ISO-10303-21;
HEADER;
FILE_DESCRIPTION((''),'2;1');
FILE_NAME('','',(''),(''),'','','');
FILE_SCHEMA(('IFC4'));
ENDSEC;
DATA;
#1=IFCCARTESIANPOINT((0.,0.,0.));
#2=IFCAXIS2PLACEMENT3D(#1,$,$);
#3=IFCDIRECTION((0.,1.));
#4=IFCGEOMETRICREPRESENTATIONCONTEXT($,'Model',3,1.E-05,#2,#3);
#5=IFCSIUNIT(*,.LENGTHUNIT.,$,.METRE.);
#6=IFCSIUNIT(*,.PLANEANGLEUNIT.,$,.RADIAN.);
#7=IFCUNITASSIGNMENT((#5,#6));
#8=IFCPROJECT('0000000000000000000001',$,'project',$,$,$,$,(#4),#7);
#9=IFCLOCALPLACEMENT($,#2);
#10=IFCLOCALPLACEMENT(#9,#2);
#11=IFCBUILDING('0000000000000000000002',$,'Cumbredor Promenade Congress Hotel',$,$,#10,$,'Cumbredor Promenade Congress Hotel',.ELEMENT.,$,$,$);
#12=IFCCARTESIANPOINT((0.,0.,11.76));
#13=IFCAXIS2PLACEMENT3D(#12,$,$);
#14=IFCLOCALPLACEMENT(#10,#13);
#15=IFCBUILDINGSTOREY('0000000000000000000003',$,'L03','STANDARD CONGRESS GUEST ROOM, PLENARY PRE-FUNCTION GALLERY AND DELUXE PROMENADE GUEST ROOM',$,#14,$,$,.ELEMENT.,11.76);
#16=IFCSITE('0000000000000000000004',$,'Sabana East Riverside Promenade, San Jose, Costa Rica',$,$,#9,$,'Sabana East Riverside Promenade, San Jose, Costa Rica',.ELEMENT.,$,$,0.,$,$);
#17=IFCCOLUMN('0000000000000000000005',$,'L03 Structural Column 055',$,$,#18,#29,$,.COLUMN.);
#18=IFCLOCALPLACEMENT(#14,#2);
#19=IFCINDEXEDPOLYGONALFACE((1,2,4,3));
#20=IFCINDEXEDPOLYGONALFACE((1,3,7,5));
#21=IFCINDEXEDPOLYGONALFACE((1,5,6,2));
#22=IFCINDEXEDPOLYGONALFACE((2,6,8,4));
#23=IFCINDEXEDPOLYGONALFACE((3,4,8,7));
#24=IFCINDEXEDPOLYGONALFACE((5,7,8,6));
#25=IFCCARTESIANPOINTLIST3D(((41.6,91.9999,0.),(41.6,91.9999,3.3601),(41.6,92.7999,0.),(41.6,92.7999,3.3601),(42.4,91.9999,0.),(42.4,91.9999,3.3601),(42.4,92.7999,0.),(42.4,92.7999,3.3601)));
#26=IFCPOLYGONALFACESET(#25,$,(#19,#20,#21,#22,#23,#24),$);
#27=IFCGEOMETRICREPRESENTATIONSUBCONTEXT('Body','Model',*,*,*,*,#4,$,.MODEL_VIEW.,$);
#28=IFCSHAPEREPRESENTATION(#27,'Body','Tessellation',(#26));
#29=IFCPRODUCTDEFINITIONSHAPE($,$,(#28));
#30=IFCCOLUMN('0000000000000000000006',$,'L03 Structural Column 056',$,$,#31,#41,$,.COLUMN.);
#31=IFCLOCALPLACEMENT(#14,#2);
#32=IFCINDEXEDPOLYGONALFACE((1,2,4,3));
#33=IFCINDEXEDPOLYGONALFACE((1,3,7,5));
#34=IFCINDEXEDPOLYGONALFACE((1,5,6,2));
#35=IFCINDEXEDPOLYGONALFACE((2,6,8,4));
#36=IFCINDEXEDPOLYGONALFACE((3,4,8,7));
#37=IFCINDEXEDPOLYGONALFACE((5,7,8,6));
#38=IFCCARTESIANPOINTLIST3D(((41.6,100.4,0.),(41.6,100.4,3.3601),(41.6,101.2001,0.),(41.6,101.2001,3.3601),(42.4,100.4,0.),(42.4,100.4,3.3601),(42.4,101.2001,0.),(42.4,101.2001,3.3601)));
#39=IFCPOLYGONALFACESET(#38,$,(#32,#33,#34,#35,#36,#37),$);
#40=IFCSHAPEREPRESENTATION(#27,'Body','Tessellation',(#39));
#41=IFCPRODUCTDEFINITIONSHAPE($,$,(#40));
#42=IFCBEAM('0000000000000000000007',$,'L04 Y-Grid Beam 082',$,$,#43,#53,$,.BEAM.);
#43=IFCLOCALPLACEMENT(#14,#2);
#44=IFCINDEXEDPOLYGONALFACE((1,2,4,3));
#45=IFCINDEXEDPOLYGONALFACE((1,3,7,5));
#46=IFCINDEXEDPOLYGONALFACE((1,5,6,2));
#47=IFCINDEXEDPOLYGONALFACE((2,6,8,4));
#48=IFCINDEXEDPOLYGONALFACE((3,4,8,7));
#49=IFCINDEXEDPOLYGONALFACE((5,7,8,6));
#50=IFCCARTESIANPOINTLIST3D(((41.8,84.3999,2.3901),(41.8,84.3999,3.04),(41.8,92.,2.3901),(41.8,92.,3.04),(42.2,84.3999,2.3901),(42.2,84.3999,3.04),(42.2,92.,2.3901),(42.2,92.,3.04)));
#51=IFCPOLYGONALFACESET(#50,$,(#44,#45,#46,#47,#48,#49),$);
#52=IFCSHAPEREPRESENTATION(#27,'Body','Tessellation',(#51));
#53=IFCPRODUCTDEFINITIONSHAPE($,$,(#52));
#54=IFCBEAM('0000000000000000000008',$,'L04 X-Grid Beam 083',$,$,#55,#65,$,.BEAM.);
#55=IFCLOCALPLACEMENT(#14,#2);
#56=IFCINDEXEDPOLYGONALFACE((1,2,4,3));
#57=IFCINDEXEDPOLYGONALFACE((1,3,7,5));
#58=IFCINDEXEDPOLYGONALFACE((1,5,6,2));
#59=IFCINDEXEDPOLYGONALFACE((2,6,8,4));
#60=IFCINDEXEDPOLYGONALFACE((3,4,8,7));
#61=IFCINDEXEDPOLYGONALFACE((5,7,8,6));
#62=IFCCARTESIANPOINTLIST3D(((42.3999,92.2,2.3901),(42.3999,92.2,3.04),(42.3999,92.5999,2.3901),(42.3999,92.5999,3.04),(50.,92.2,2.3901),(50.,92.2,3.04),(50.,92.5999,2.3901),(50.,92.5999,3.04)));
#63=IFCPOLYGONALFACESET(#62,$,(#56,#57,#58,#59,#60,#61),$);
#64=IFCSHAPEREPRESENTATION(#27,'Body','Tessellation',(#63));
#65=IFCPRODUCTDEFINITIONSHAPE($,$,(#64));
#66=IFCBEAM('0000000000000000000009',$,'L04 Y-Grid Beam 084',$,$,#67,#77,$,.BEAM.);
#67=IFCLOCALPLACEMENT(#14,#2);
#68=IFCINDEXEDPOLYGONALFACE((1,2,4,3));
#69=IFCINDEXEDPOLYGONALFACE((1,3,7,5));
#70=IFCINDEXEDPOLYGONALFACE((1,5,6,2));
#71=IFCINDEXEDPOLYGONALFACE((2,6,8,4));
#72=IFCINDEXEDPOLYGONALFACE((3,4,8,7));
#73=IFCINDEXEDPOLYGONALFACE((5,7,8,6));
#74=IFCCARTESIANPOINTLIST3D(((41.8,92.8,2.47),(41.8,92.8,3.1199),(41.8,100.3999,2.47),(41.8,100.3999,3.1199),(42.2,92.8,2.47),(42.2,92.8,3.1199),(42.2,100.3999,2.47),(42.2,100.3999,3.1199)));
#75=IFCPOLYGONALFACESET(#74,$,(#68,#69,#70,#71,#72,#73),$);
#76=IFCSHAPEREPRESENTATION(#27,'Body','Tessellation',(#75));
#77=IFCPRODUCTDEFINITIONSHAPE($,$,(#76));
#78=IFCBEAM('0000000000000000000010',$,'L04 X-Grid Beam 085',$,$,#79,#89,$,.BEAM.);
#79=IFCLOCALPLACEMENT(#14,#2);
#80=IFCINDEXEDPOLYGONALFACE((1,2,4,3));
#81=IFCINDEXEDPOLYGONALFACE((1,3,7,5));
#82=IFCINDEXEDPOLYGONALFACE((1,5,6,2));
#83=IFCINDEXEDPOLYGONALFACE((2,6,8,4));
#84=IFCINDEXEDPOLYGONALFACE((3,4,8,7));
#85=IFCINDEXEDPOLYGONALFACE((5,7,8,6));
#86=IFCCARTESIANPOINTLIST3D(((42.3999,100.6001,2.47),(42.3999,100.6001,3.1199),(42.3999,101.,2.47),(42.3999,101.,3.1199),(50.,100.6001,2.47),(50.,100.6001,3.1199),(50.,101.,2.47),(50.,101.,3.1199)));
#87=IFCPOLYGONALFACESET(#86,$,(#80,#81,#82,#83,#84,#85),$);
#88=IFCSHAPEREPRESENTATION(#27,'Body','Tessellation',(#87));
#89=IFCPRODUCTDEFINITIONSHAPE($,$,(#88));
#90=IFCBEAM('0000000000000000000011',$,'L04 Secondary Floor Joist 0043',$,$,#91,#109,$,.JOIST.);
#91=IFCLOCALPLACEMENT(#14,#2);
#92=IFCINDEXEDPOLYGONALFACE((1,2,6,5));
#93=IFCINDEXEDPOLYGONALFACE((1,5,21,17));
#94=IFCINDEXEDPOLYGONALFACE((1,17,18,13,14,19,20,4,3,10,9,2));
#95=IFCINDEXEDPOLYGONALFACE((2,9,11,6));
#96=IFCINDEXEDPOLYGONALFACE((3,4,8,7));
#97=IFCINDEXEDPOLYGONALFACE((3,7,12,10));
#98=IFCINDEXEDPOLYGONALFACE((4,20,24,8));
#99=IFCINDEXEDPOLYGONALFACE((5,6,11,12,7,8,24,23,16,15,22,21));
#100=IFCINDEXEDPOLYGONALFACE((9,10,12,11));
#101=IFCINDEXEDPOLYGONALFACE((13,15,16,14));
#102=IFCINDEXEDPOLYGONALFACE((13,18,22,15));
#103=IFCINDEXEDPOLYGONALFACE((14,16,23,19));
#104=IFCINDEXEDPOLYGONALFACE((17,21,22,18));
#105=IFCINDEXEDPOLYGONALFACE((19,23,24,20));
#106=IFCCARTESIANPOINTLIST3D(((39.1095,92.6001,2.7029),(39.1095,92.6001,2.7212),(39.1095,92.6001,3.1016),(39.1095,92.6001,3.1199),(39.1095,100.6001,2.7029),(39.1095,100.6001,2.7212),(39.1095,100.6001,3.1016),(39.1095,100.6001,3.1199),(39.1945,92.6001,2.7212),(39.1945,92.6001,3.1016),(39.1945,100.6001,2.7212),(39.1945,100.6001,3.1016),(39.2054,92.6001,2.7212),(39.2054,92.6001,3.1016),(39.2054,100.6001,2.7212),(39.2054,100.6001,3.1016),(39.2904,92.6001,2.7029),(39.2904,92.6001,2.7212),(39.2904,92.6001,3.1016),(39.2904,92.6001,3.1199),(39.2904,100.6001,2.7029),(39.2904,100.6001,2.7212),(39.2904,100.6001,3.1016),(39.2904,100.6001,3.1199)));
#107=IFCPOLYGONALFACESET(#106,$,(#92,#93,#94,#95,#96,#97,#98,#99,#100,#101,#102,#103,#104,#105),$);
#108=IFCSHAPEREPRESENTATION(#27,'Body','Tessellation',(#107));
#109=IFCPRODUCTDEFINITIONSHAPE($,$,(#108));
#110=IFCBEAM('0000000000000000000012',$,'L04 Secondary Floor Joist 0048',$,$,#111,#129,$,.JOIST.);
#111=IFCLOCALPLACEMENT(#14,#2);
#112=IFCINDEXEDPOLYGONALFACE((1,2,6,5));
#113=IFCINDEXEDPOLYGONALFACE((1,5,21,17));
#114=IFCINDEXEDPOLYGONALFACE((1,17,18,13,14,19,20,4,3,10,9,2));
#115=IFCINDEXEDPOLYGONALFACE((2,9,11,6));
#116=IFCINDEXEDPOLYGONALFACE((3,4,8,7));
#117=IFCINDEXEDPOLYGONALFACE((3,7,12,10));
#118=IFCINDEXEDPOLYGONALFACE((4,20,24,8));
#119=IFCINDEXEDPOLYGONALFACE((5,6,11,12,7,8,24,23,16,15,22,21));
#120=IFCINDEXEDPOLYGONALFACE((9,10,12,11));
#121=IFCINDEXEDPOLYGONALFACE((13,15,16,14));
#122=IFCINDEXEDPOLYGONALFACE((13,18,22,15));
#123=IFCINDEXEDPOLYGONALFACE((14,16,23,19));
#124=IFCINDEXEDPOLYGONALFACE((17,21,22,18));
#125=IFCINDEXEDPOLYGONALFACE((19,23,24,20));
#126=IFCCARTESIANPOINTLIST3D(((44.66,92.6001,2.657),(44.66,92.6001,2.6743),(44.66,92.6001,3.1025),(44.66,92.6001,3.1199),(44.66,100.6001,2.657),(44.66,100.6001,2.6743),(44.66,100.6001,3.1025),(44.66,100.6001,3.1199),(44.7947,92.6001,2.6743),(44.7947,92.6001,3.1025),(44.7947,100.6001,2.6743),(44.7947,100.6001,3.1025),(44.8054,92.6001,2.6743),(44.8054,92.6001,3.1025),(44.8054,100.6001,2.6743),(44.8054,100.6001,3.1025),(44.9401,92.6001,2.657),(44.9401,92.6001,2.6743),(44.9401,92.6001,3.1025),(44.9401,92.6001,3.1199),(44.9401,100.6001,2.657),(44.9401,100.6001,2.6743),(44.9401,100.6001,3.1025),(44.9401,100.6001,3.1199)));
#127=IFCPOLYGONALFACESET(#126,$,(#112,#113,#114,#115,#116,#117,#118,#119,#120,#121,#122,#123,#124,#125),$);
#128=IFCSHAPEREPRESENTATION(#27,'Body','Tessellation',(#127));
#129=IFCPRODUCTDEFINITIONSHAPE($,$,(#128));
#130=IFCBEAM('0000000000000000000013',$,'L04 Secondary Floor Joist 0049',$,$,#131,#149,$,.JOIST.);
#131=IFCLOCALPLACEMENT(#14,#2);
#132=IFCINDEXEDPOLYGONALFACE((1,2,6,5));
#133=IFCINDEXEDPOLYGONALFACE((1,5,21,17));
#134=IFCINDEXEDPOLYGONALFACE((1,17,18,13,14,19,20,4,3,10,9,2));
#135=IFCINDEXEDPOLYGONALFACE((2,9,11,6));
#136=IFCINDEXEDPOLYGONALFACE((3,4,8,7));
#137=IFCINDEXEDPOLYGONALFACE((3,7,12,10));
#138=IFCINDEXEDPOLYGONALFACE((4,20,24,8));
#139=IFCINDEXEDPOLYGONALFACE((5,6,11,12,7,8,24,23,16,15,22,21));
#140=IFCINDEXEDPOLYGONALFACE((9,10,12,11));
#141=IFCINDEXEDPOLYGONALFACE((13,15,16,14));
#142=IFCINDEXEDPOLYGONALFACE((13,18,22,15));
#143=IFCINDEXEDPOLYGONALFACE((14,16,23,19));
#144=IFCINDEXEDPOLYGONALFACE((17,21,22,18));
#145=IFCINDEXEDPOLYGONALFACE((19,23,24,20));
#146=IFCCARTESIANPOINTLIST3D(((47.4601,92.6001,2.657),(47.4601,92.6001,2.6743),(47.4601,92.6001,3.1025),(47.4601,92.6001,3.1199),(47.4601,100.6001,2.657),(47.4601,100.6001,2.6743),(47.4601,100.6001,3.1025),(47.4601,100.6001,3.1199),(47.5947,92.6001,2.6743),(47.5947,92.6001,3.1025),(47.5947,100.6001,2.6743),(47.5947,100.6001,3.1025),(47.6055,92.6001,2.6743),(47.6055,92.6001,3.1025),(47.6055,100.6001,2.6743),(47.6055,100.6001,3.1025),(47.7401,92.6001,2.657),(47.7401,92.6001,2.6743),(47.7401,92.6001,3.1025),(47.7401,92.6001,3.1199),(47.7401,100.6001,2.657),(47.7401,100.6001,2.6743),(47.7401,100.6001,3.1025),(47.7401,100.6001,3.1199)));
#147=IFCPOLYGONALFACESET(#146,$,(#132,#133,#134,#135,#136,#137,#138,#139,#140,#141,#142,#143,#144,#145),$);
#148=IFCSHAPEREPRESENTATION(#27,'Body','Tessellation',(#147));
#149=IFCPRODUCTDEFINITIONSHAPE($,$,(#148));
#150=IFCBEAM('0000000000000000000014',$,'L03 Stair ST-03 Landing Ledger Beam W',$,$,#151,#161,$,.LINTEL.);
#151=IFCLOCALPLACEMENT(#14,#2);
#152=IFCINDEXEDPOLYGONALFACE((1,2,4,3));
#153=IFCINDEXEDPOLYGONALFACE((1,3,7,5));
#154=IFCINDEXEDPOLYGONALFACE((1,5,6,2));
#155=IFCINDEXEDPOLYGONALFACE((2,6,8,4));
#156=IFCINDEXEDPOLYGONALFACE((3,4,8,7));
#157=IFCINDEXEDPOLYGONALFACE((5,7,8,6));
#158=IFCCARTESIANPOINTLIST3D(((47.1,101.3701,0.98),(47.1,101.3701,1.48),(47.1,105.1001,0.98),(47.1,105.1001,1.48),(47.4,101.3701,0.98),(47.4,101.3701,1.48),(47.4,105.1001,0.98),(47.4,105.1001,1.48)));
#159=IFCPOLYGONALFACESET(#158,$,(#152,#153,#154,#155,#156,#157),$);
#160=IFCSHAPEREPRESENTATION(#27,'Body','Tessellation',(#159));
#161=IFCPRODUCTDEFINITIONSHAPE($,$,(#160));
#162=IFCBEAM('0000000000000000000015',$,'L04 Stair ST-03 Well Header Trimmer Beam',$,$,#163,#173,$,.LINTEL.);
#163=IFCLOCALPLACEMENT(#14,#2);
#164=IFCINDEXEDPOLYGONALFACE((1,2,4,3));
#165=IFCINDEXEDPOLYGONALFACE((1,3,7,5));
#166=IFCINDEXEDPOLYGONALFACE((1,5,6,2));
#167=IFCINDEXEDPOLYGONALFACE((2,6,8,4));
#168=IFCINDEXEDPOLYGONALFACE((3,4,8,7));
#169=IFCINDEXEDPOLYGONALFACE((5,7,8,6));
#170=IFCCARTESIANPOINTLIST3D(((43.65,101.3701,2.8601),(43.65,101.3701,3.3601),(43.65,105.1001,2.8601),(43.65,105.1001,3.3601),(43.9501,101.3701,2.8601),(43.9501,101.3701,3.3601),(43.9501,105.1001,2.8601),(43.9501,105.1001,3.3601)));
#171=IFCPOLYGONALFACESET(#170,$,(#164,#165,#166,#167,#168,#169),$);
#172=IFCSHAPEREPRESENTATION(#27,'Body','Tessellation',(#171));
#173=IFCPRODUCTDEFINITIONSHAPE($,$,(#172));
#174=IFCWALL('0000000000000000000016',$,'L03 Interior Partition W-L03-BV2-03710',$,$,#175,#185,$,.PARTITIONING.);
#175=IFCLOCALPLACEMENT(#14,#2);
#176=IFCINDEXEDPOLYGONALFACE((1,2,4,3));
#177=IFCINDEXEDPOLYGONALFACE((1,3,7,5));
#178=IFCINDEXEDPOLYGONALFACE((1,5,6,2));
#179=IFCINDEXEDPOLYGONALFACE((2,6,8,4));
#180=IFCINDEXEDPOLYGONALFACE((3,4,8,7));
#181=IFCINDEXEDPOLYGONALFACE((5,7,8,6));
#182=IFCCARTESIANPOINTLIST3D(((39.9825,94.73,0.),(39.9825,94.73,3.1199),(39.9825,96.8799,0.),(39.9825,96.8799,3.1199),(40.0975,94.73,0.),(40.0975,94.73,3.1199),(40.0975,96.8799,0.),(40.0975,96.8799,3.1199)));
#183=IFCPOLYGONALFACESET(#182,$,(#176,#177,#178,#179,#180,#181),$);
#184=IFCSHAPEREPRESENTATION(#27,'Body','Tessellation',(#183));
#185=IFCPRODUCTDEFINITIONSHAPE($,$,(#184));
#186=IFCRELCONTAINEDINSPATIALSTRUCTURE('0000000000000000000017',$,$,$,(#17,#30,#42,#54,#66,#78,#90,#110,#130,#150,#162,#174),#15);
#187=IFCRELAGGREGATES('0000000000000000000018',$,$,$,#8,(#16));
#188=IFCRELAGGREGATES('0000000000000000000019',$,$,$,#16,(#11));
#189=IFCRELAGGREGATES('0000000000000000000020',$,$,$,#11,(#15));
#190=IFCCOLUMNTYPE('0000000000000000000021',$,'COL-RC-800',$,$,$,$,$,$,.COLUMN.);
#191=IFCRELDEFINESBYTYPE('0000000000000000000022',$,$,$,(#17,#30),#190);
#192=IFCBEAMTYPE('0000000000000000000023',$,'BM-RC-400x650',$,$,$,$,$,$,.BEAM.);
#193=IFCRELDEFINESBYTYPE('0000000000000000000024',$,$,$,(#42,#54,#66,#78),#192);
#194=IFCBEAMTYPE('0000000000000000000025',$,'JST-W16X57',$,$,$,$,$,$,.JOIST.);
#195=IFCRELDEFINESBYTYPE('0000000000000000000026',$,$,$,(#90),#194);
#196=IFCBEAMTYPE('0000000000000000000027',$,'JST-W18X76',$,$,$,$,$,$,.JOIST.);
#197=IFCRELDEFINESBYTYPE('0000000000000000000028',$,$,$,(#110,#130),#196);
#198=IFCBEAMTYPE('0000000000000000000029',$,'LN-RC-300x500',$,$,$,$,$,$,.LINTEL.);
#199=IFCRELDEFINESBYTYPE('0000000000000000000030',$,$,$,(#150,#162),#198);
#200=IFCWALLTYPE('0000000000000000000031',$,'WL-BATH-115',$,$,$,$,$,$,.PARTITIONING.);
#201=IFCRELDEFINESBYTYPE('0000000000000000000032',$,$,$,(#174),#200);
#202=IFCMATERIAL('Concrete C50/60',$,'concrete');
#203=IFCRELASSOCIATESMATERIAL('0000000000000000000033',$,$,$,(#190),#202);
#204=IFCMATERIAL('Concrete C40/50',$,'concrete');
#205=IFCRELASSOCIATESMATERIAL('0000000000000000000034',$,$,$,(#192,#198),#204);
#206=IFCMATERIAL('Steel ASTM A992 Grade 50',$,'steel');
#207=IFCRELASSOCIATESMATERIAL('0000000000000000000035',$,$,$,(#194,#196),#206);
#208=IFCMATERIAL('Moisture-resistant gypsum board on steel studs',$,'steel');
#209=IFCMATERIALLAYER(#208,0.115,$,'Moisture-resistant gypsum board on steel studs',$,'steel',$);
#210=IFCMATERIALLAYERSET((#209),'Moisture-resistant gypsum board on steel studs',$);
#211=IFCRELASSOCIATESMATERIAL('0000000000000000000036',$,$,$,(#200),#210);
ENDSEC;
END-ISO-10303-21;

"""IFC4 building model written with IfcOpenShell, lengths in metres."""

from ifc_helpers import new_model, si_unit, direction, frame, frame_2d, origin, origin_2d, place, context, subcontext, project, spatial, rectangle, i_section, extrude, material, layer, layer_set, material_profile, profile_set, type_object, element, save


model = new_model("IFC4")

# Units and contexts
model_context = context("Model", 3, precision=1e-05, world=origin(), true_north=direction((0.0, 1.0)))
body_context = subcontext(model_context, "Body", "Model", "MODEL_VIEW")
ifc_project = project(units=[si_unit("LENGTHUNIT", "METRE"), si_unit("PLANEANGLEUNIT", "RADIAN")], contexts=[model_context])

# Site, building, storey
site_placement = place(None, origin())
site = spatial("IfcSite", under=ifc_project, at=site_placement, Name="Sabana East Riverside Promenade, San Jose, Costa Rica", LongName="Sabana East Riverside Promenade, San Jose, Costa Rica", CompositionType="ELEMENT", RefElevation=0.0)
building_placement = place(site_placement, origin())
building = spatial("IfcBuilding", under=site, at=building_placement, Name="Cumbredor Promenade Congress Hotel", LongName="Cumbredor Promenade Congress Hotel", CompositionType="ELEMENT")
storey_placement = place(building_placement, frame((0.0, 0.0, 11.76)))
storey = spatial("IfcBuildingStorey", under=building, at=storey_placement, Name="L03", Description="STANDARD CONGRESS GUEST ROOM, PLENARY PRE-FUNCTION GALLERY AND DELUXE PROMENADE GUEST ROOM", CompositionType="ELEMENT", Elevation=11.76)

# Columns
ifc_material_1 = material(Name="Concrete C50/60", Category="concrete")
ifc_material_profile_1 = material_profile(ifc_material_1, rectangle(XDim=0.8, YDim=0.8, at=origin_2d()), Name="RC 800x800")
ifc_profile_set_1 = profile_set([ifc_material_profile_1], Name="Concrete C50/60")
column_type = type_object("IfcColumnType", Name="COL-RC-800", PredefinedType="COLUMN", material=ifc_profile_set_1)
for number, where, z_axis, x_axis, name in (
    (1, (42.0, 92.3999, 0.0), (0.0, 0.0, 1.0), (1.0, 0.0, 0.0), "L03 Structural Column 055"),
    (2, (42.0, 100.8, 0.0), (0.0, 0.0, 1.0), (1.0, 0.0, 0.0), "L03 Structural Column 056"),
):
    element("IfcColumn", number, at=place(storey_placement, frame(where, z_axis=z_axis, x_axis=x_axis)), inside=storey, type_object=column_type, Name=name, PredefinedType="COLUMN", context=body_context, shape_type="SweptSolid", body=[
        extrude(rectangle(XDim=0.8, YDim=0.8, at=origin_2d()), origin(), (0.0, 0.0, 1.0), 3.3601),
    ])

# Beams
ifc_material_2 = material(Name="Concrete C40/50", Category="concrete")
ifc_material_profile_2 = material_profile(ifc_material_2, rectangle(XDim=0.3999, YDim=0.6499, at=origin_2d()), Name="RC BEAM 400x650")
ifc_profile_set_2 = profile_set([ifc_material_profile_2], Name="Concrete C40/50")
beam_type_1 = type_object("IfcBeamType", Name="BM-RC-400x650", PredefinedType="BEAM", material=ifc_profile_set_2)
for number, where, z_axis, x_axis, name in (
    (3, (42.0, 84.3999, 2.7151), (0.0, 1.0, 0.0), (-1.0, 0.0, 0.0), "L04 Y-Grid Beam 082"),
    (4, (42.3999, 92.3999, 2.7151), (1.0, 0.0, 0.0), (0.0, 1.0, 0.0), "L04 X-Grid Beam 083"),
):
    element("IfcBeam", number, at=place(storey_placement, frame(where, z_axis=z_axis, x_axis=x_axis)), inside=storey, type_object=beam_type_1, Name=name, PredefinedType="BEAM", context=body_context, shape_type="SweptSolid", body=[
        extrude(rectangle(XDim=0.3999, YDim=0.6499, at=origin_2d()), origin(), (0.0, 0.0, 1.0), 7.6001),
    ])
beam_1_placement = place(storey_placement, frame((42.0, 92.8, 2.7949), z_axis=(0.0, 1.0, 0.0), x_axis=(-1.0, 0.0, 0.0)))
element("IfcBeam", 5, at=beam_1_placement, inside=storey, type_object=beam_type_1, Name="L04 Y-Grid Beam 084", PredefinedType="BEAM", context=body_context, shape_type="SweptSolid", body=[
    extrude(rectangle(XDim=0.3999, YDim=0.6499, at=origin_2d()), origin(), (0.0, 0.0, 1.0), 7.5999),
])
beam_2_placement = place(storey_placement, frame((42.3999, 100.8, 2.7949), z_axis=(1.0, 0.0, 0.0), x_axis=(0.0, 1.0, 0.0)))
element("IfcBeam", 6, at=beam_2_placement, inside=storey, type_object=beam_type_1, Name="L04 X-Grid Beam 085", PredefinedType="BEAM", context=body_context, shape_type="SweptSolid", body=[
    extrude(rectangle(XDim=0.3999, YDim=0.6499, at=origin_2d()), origin(), (0.0, 0.0, 1.0), 7.6001),
])
ifc_material_3 = material(Name="Steel ASTM A992 Grade 50", Category="steel")
ifc_material_profile_3 = material_profile(ifc_material_3, i_section(OverallWidth=0.1809, OverallDepth=0.417, WebThickness=0.011, FlangeThickness=0.0183, at=origin_2d()), Name="W16X57")
ifc_profile_set_3 = profile_set([ifc_material_profile_3], Name="Steel ASTM A992 Grade 50")
beam_type_2 = type_object("IfcBeamType", Name="JST-W16X57", PredefinedType="JOIST", material=ifc_profile_set_3)
beam_3_placement = place(storey_placement, frame((39.2, 92.6001, 2.9114), z_axis=(0.0, 1.0, 0.0), x_axis=(-1.0, 0.0, 0.0)))
element("IfcBeam", 7, at=beam_3_placement, inside=storey, type_object=beam_type_2, Name="L04 Secondary Floor Joist 0043", PredefinedType="JOIST", context=body_context, shape_type="SweptSolid", body=[
    extrude(i_section(OverallWidth=0.1809, OverallDepth=0.417, WebThickness=0.011, FlangeThickness=0.0183, at=origin_2d()), origin(), (0.0, 0.0, 1.0), 8.0),
])
ifc_material_profile_4 = material_profile(ifc_material_3, i_section(OverallWidth=0.28, OverallDepth=0.4629, WebThickness=0.0107, FlangeThickness=0.0173, at=origin_2d()), Name="W18X76")
ifc_profile_set_4 = profile_set([ifc_material_profile_4], Name="Steel ASTM A992 Grade 50")
beam_type_3 = type_object("IfcBeamType", Name="JST-W18X76", PredefinedType="JOIST", material=ifc_profile_set_4)
for number, where, z_axis, x_axis, name in (
    (8, (44.8, 92.6001, 2.8884), (0.0, 1.0, 0.0), (-1.0, 0.0, 0.0), "L04 Secondary Floor Joist 0048"),
    (9, (47.6001, 92.6001, 2.8884), (0.0, 1.0, 0.0), (-1.0, 0.0, 0.0), "L04 Secondary Floor Joist 0049"),
):
    element("IfcBeam", number, at=place(storey_placement, frame(where, z_axis=z_axis, x_axis=x_axis)), inside=storey, type_object=beam_type_3, Name=name, PredefinedType="JOIST", context=body_context, shape_type="SweptSolid", body=[
        extrude(i_section(OverallWidth=0.28, OverallDepth=0.4629, WebThickness=0.0107, FlangeThickness=0.0173, at=origin_2d()), origin(), (0.0, 0.0, 1.0), 8.0),
    ])
ifc_material_profile_5 = material_profile(ifc_material_2, rectangle(XDim=0.3, YDim=0.5, at=origin_2d()), Name="RC LINTEL 300x500")
ifc_profile_set_5 = profile_set([ifc_material_profile_5], Name="Concrete C40/50")
beam_type_4 = type_object("IfcBeamType", Name="LN-RC-300x500", PredefinedType="LINTEL", material=ifc_profile_set_5)
for number, where, z_axis, x_axis, name in (
    (10, (47.25, 101.3701, 1.23), (0.0, 1.0, 0.0), (-1.0, 0.0, 0.0), "L03 Stair ST-03 Landing Ledger Beam W"),
    (11, (43.8, 101.3701, 3.1101), (0.0, 1.0, 0.0), (-1.0, 0.0, 0.0), "L04 Stair ST-03 Well Header Trimmer Beam"),
):
    element("IfcBeam", number, at=place(storey_placement, frame(where, z_axis=z_axis, x_axis=x_axis)), inside=storey, type_object=beam_type_4, Name=name, PredefinedType="LINTEL", context=body_context, shape_type="SweptSolid", body=[
        extrude(rectangle(XDim=0.3, YDim=0.5, at=origin_2d()), origin(), (0.0, 0.0, 1.0), 3.73),
    ])

# Wall
ifc_material_4 = material(Name="Moisture-resistant gypsum board on steel studs", Category="steel")
ifc_layer_1 = layer(ifc_material_4, 0.115, Name="Moisture-resistant gypsum board on steel studs", Category="steel")
ifc_layer_set_1 = layer_set([ifc_layer_1], Name="Moisture-resistant gypsum board on steel studs")
wall_type_1 = type_object("IfcWallType", Name="WL-BATH-115", PredefinedType="PARTITIONING", material=ifc_layer_set_1)
wall_1_placement = place(storey_placement, frame((40.04, 94.73, 0.0), z_axis=(0.0, 0.0, 1.0), x_axis=(0.0, 1.0, 0.0)))
element("IfcWall", 12, at=wall_1_placement, inside=storey, type_object=wall_type_1, Name="L03 Interior Partition W-L03-BV2-03710", PredefinedType="PARTITIONING", context=body_context, shape_type="SweptSolid", body=[
    extrude(rectangle(XDim=2.1499, YDim=0.115, at=frame_2d((1.075, 0.0))), origin(), (0.0, 0.0, 1.0), 3.1199),
])

save(model, "model.ifc")
